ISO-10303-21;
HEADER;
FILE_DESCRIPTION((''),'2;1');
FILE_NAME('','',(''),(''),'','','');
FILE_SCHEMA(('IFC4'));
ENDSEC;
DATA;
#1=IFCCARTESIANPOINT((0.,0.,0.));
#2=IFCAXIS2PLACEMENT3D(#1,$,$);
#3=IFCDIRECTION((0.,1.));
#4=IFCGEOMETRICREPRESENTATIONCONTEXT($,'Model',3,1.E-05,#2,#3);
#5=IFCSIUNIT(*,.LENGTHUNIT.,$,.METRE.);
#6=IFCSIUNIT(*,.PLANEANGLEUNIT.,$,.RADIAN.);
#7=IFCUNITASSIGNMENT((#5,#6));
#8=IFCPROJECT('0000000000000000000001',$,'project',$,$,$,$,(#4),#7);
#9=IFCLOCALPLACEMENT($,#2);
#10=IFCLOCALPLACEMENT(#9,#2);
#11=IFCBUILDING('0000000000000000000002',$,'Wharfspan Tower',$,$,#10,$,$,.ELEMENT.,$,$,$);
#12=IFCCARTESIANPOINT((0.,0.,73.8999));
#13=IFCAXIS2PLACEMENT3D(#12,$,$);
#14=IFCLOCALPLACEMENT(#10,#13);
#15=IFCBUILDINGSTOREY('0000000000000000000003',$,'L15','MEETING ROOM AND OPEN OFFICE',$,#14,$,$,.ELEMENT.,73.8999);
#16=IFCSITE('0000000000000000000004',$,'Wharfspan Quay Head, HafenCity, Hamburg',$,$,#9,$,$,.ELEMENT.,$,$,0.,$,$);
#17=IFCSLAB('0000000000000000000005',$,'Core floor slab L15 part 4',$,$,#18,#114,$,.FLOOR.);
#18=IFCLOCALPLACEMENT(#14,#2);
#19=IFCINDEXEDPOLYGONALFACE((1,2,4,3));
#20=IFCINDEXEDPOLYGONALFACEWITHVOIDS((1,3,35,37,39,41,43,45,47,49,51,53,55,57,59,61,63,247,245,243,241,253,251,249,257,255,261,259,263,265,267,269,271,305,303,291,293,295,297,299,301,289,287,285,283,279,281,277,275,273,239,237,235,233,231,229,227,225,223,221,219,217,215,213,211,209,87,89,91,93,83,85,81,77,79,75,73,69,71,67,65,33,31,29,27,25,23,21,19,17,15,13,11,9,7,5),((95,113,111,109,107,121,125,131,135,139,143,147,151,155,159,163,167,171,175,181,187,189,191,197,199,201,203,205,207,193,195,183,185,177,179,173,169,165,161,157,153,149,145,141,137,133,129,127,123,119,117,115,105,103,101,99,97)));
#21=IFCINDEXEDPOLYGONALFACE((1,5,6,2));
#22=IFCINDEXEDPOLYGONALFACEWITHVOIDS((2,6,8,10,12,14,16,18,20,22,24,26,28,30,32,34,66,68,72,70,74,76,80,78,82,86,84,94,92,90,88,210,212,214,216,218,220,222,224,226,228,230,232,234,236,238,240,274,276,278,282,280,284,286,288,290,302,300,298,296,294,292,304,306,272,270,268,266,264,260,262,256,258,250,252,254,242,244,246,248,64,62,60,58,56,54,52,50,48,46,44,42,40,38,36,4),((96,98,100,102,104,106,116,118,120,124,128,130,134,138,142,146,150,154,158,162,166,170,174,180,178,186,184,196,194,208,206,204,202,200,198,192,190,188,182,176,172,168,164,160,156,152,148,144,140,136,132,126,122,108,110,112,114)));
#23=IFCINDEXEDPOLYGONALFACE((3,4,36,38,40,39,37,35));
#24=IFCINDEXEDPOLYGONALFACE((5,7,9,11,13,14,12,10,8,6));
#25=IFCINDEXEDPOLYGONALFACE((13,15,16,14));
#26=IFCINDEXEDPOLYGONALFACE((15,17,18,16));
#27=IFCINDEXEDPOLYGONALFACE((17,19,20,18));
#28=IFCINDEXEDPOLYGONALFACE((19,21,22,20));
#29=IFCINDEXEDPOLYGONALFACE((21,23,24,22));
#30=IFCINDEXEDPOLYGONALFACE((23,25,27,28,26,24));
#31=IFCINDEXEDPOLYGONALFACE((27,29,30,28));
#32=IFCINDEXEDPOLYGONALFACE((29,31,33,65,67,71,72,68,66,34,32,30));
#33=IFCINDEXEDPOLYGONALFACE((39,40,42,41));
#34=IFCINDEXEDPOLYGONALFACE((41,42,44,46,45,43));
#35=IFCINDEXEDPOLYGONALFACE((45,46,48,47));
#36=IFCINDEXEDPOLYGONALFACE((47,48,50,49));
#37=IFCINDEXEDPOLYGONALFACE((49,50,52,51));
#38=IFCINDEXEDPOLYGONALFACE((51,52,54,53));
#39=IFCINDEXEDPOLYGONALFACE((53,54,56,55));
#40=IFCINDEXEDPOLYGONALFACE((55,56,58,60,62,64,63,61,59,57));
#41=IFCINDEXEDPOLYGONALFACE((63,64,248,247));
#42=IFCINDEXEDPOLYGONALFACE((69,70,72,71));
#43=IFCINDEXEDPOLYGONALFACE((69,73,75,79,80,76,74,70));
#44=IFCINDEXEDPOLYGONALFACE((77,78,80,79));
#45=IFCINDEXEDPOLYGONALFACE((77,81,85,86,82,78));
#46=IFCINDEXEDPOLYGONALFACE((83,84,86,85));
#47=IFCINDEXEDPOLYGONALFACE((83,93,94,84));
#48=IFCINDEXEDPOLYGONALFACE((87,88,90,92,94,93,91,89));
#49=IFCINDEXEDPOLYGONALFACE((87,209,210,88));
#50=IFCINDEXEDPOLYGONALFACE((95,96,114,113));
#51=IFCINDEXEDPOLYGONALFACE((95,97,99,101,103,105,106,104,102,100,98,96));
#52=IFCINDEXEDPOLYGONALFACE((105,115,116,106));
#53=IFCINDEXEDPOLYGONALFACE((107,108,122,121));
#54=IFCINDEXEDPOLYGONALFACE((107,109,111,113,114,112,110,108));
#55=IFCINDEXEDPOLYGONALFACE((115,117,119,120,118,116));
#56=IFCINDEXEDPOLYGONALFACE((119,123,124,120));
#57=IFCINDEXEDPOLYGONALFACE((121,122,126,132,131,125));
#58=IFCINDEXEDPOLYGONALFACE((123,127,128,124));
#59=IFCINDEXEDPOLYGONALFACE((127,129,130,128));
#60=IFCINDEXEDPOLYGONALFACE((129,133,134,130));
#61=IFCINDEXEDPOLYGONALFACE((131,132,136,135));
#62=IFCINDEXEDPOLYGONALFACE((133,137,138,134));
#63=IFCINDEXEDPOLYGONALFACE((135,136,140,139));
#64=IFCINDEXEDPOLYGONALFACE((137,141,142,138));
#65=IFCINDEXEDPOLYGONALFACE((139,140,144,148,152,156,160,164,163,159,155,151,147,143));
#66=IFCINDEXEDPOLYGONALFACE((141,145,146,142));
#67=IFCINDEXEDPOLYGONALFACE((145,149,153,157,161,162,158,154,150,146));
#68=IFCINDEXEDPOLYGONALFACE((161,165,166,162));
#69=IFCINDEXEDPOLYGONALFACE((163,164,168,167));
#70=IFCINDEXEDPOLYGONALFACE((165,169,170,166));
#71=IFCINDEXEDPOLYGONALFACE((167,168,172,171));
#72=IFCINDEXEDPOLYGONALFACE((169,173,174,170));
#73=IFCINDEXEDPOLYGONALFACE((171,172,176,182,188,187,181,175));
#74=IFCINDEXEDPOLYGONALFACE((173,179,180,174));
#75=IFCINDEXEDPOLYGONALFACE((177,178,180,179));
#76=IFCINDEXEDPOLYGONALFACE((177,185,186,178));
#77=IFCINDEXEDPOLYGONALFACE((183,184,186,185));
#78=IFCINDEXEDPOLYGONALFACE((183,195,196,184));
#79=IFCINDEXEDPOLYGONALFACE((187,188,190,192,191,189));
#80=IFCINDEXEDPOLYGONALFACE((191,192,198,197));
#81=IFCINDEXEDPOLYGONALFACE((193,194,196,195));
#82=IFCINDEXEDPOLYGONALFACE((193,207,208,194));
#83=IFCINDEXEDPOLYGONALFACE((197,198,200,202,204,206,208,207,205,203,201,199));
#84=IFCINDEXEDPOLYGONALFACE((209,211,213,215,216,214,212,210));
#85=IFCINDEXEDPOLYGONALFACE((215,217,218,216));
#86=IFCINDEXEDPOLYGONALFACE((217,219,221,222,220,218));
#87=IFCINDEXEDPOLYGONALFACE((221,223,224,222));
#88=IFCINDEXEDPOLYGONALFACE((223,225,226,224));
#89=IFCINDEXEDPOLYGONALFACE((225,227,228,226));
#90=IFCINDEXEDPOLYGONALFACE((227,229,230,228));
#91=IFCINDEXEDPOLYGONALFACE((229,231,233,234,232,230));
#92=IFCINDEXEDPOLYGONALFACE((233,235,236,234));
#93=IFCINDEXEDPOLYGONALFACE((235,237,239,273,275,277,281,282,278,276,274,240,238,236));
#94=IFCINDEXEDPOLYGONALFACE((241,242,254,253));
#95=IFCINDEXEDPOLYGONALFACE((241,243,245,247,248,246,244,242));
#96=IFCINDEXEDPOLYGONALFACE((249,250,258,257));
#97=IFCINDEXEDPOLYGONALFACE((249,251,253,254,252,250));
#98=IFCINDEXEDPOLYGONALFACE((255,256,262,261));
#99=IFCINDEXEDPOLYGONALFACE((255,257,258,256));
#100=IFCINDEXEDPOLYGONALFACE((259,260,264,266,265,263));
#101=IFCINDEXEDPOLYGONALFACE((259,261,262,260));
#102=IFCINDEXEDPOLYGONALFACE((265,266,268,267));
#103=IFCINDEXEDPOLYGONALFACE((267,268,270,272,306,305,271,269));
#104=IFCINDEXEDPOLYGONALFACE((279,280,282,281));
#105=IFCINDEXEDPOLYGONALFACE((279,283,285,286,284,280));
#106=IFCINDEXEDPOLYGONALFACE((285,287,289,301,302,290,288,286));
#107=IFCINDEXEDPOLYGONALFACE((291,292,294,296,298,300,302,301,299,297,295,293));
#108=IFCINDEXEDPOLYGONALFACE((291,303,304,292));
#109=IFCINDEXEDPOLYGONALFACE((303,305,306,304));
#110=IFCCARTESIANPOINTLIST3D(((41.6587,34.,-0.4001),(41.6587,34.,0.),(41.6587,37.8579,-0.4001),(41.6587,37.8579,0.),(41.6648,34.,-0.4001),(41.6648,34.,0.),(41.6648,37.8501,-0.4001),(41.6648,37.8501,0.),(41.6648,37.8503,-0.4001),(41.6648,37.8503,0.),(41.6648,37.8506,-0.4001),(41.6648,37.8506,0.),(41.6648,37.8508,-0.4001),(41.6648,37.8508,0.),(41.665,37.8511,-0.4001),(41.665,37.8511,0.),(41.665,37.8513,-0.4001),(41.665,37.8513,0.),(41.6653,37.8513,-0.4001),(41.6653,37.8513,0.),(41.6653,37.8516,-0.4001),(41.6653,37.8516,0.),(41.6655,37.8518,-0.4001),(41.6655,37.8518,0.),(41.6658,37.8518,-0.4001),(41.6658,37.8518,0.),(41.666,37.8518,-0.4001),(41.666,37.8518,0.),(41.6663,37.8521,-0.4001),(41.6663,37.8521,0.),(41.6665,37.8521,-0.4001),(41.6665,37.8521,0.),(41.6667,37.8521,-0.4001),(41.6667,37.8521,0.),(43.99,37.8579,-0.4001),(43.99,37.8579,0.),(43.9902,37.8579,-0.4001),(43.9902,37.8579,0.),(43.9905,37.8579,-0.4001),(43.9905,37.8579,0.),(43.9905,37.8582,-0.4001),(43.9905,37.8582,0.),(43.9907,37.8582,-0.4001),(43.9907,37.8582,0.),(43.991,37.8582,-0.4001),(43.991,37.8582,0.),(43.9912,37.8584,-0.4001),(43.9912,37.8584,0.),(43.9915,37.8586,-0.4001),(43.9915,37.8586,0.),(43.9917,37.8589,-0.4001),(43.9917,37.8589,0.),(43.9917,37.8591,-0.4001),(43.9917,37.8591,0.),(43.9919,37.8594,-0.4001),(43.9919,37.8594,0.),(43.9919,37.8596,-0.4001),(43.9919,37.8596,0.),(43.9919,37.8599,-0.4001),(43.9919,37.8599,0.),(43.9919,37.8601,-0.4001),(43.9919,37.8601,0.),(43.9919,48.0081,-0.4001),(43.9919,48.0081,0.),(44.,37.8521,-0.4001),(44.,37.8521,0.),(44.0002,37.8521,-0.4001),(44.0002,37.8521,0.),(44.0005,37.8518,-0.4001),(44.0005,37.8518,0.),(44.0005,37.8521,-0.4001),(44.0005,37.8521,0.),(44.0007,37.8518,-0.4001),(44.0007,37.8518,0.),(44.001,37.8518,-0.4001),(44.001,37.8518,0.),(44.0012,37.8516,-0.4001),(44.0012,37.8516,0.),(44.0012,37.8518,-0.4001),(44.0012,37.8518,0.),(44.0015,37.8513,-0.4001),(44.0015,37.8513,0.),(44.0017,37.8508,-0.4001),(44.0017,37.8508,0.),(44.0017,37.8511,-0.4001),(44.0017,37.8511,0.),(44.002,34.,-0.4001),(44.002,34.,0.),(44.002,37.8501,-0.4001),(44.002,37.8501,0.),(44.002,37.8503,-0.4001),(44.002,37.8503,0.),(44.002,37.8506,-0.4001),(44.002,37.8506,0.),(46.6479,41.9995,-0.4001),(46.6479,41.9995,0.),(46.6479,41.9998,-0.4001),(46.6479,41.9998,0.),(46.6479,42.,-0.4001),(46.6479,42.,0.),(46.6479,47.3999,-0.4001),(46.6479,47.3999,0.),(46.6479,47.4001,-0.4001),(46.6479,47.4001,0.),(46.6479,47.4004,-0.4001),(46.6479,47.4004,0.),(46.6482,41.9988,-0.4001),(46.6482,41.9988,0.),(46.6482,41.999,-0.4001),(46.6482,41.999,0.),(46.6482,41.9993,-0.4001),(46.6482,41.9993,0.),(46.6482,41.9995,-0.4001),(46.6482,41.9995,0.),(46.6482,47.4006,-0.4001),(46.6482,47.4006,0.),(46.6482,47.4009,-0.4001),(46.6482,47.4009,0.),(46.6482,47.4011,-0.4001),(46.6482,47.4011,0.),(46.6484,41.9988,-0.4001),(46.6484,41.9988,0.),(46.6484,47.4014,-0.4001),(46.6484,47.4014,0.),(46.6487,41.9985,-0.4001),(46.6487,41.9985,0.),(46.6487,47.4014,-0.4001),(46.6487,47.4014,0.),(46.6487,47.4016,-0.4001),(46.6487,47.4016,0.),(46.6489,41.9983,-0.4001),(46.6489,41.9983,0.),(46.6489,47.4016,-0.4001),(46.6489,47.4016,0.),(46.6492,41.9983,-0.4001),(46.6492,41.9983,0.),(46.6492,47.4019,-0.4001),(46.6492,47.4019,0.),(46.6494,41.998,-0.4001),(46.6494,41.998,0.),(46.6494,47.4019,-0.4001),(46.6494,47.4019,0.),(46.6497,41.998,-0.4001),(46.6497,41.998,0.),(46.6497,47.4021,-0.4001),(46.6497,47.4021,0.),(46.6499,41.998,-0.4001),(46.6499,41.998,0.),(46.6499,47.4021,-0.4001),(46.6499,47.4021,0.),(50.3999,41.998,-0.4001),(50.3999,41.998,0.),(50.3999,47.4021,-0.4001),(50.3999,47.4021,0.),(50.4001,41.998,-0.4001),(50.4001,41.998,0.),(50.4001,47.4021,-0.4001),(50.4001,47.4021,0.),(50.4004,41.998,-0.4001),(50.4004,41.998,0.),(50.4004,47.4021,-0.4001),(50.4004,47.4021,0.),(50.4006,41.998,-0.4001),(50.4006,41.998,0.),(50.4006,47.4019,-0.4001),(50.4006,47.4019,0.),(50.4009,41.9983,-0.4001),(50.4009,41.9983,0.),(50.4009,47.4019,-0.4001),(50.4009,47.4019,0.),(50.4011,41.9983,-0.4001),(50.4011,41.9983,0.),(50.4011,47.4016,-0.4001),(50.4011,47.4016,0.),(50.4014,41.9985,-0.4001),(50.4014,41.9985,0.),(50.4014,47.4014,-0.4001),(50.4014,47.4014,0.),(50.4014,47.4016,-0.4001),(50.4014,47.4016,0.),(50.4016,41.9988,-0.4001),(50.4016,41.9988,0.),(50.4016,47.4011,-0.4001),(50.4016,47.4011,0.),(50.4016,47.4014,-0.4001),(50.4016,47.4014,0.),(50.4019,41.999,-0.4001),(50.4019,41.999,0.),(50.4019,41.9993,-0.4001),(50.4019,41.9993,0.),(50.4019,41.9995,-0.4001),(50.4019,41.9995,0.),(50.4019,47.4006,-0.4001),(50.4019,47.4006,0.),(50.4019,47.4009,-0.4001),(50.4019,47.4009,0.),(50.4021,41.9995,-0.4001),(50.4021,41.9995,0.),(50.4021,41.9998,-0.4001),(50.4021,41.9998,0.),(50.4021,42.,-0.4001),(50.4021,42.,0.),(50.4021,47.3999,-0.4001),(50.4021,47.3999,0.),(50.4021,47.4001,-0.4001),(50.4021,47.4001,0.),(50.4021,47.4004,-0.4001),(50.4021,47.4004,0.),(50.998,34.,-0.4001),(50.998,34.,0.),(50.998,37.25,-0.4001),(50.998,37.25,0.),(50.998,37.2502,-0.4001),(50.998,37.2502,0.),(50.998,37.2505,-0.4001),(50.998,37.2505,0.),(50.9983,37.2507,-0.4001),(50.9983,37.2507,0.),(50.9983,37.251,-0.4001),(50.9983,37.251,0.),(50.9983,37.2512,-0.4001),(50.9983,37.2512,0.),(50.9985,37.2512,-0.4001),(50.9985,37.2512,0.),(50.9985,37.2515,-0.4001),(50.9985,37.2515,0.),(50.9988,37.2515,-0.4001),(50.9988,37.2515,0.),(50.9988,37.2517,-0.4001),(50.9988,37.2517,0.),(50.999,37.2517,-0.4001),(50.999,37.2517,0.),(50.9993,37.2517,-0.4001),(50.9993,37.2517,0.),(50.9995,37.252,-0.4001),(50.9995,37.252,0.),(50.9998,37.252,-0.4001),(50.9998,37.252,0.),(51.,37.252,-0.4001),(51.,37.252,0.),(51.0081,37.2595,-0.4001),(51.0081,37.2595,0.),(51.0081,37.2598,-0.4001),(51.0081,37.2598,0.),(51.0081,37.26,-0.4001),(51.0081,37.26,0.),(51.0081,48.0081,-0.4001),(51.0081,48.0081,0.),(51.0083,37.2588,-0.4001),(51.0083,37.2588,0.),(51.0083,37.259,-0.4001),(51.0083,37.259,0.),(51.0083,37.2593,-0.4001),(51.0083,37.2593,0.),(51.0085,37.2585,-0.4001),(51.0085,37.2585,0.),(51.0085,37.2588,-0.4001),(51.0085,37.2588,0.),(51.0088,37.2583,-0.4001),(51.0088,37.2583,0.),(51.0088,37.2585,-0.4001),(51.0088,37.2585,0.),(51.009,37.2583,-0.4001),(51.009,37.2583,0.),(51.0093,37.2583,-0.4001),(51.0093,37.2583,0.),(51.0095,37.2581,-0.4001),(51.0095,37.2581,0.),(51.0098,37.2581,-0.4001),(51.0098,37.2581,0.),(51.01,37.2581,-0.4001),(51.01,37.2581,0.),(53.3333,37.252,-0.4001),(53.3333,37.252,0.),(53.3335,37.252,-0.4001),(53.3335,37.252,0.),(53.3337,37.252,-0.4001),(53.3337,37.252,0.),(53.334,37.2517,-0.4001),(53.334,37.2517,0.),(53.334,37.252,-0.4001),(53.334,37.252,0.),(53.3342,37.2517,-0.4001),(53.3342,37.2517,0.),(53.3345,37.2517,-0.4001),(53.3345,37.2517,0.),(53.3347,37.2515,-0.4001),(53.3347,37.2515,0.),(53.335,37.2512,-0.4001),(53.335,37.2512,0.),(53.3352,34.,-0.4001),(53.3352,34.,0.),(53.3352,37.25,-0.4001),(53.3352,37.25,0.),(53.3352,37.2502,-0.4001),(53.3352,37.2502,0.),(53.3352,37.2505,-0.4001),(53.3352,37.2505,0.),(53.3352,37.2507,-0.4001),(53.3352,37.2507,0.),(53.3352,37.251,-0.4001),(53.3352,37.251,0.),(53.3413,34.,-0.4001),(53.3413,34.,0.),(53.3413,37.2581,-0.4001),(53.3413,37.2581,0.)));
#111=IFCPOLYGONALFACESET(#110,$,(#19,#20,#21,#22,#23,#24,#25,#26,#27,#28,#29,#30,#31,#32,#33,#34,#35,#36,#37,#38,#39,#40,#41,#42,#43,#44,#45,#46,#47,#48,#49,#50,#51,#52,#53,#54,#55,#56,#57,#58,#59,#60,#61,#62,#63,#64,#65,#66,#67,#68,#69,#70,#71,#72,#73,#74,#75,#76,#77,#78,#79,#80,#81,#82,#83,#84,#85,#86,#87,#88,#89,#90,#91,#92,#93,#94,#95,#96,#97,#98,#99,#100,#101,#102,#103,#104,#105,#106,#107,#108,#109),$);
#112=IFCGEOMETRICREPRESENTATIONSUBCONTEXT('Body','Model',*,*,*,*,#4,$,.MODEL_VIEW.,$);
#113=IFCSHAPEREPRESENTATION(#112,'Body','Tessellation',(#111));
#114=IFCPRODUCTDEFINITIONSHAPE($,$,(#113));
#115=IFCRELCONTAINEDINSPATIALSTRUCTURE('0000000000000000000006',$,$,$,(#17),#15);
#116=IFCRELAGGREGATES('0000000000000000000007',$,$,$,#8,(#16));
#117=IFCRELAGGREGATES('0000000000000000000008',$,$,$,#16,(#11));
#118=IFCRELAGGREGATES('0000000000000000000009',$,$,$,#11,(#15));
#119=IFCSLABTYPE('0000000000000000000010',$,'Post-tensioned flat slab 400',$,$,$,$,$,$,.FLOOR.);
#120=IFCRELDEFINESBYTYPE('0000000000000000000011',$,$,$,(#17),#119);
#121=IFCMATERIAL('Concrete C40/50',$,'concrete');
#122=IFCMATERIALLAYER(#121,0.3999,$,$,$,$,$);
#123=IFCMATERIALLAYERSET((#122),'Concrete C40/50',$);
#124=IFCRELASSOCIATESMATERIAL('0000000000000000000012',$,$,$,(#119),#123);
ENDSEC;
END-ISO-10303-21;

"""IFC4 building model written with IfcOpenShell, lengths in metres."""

from ifc_helpers import new_model, si_unit, direction, frame, origin, place, context, subcontext, project, spatial, polyline, outline, extrude, material, layer, layer_set, type_object, element, save


model = new_model("IFC4")

# Units and contexts
model_context = context("Model", 3, precision=1e-05, world=origin(), true_north=direction((0.0, 1.0)))
body_context = subcontext(model_context, "Body", "Model", "MODEL_VIEW")
ifc_project = project(units=[si_unit("LENGTHUNIT", "METRE"), si_unit("PLANEANGLEUNIT", "RADIAN")], contexts=[model_context])

# Site, building, storey
site_placement = place(None, origin())
site = spatial("IfcSite", under=ifc_project, at=site_placement, Name="Wharfspan Quay Head, HafenCity, Hamburg", CompositionType="ELEMENT", RefElevation=0.0)
building_placement = place(site_placement, origin())
building = spatial("IfcBuilding", under=site, at=building_placement, Name="Wharfspan Tower", CompositionType="ELEMENT")
storey_placement = place(building_placement, frame((0.0, 0.0, 73.8999)))
storey = spatial("IfcBuildingStorey", under=building, at=storey_placement, Name="L15", Description="MEETING ROOM AND OPEN OFFICE", CompositionType="ELEMENT", Elevation=73.8999)

# Slab
ifc_material_1 = material(Name="Concrete C40/50", Category="concrete")
ifc_layer_1 = layer(ifc_material_1, 0.3999)
ifc_layer_set_1 = layer_set([ifc_layer_1], Name="Concrete C40/50")
slab_type = type_object("IfcSlabType", Name="Post-tensioned flat slab 400", PredefinedType="FLOOR", material=ifc_layer_set_1)
slab_1_placement = place(storey_placement, frame((0.0, 0.0, -0.4001)))
element("IfcSlab", 1, at=slab_1_placement, inside=storey, type_object=slab_type, Name="Core floor slab L15 part 4", PredefinedType="FLOOR", context=body_context, shape_type="SweptSolid", body=[
    extrude(outline(polyline([(53.3413, 34.0), (53.3413, 37.2581), (51.01, 37.2581), (51.0098, 37.2581), (51.0095, 37.2581), (51.0095, 37.2581), (51.0093, 37.2583), (51.009, 37.2583), (51.0088, 37.2583), (51.0088, 37.2585), (51.0085, 37.2585), (51.0085, 37.2588), (51.0083, 37.2588), (51.0083, 37.259), (51.0083, 37.2593), (51.0081, 37.2595), (51.0081, 37.2595), (51.0081, 37.2598), (51.0081, 37.26), (51.0081, 48.0081), (43.9919, 48.0081), (43.9919, 37.8601), (43.9919, 37.8599), (43.9919, 37.8596), (43.9919, 37.8594), (43.9917, 37.8591), (43.9917, 37.8591), (43.9917, 37.8589), (43.9915, 37.8586), (43.9915, 37.8586), (43.9912, 37.8584), (43.9912, 37.8584), (43.991, 37.8582), (43.9907, 37.8582), (43.9905, 37.8582), (43.9905, 37.8579), (43.9902, 37.8579), (43.99, 37.8579), (41.6587, 37.8579), (41.6587, 34.0), (41.6648, 34.0), (41.6648, 37.8501), (41.6648, 37.8501), (41.6648, 37.8503), (41.6648, 37.8506), (41.6648, 37.8508), (41.6648, 37.8508), (41.665, 37.8511), (41.665, 37.8513), (41.6653, 37.8513), (41.6653, 37.8516), (41.6655, 37.8518), (41.6658, 37.8518), (41.666, 37.8518), (41.666, 37.8518), (41.6663, 37.8521), (41.6665, 37.8521), (41.6667, 37.8521), (44.0, 37.8521), (44.0002, 37.8521), (44.0005, 37.8521), (44.0005, 37.8518), (44.0007, 37.8518), (44.001, 37.8518), (44.0012, 37.8518), (44.0012, 37.8516), (44.0015, 37.8513), (44.0015, 37.8513), (44.0017, 37.8511), (44.0017, 37.8508), (44.0017, 37.8508), (44.002, 37.8506), (44.002, 37.8503), (44.002, 37.8501), (44.002, 37.8501), (44.002, 34.0), (50.998, 34.0), (50.998, 37.25), (50.998, 37.2502), (50.998, 37.2505), (50.998, 37.2505), (50.9983, 37.2507), (50.9983, 37.251), (50.9983, 37.2512), (50.9985, 37.2512), (50.9985, 37.2515), (50.9988, 37.2515), (50.9988, 37.2517), (50.999, 37.2517), (50.9993, 37.2517), (50.9995, 37.252), (50.9995, 37.252), (50.9998, 37.252), (51.0, 37.252), (53.3333, 37.252), (53.3335, 37.252), (53.3337, 37.252), (53.334, 37.252), (53.334, 37.2517), (53.3342, 37.2517), (53.3345, 37.2517), (53.3347, 37.2515), (53.3347, 37.2515), (53.335, 37.2512), (53.335, 37.2512), (53.3352, 37.251), (53.3352, 37.2507), (53.3352, 37.2505), (53.3352, 37.2505), (53.3352, 37.2502), (53.3352, 37.25), (53.3352, 34.0), (53.3413, 34.0)]), holes=[polyline([(46.6499, 41.998), (46.6499, 41.998), (46.6497, 41.998), (46.6494, 41.998), (46.6492, 41.9983), (46.6492, 41.9983), (46.6489, 41.9983), (46.6487, 41.9985), (46.6487, 41.9985), (46.6484, 41.9988), (46.6482, 41.9988), (46.6482, 41.999), (46.6482, 41.9993), (46.6482, 41.9995), (46.6479, 41.9995), (46.6479, 41.9998), (46.6479, 42.0), (46.6479, 47.3999), (46.6479, 47.4001), (46.6479, 47.4004), (46.6482, 47.4006), (46.6482, 47.4009), (46.6482, 47.4009), (46.6482, 47.4011), (46.6484, 47.4014), (46.6487, 47.4014), (46.6487, 47.4016), (46.6489, 47.4016), (46.6492, 47.4019), (46.6492, 47.4019), (46.6494, 47.4019), (46.6497, 47.4021), (46.6499, 47.4021), (46.6499, 47.4021), (50.3999, 47.4021), (50.4001, 47.4021), (50.4004, 47.4021), (50.4006, 47.4019), (50.4009, 47.4019), (50.4009, 47.4019), (50.4011, 47.4016), (50.4014, 47.4016), (50.4014, 47.4014), (50.4016, 47.4014), (50.4016, 47.4011), (50.4019, 47.4009), (50.4019, 47.4009), (50.4019, 47.4006), (50.4021, 47.4004), (50.4021, 47.4001), (50.4021, 47.3999), (50.4021, 42.0), (50.4021, 41.9998), (50.4021, 41.9995), (50.4019, 41.9995), (50.4019, 41.9993), (50.4019, 41.999), (50.4016, 41.9988), (50.4016, 41.9988), (50.4014, 41.9985), (50.4014, 41.9985), (50.4011, 41.9983), (50.4009, 41.9983), (50.4009, 41.9983), (50.4006, 41.998), (50.4004, 41.998), (50.4001, 41.998), (50.3999, 41.998), (46.6499, 41.998)])]), origin(), (0.0, 0.0, 1.0), 0.4001),
])

save(model, "model.ifc")
